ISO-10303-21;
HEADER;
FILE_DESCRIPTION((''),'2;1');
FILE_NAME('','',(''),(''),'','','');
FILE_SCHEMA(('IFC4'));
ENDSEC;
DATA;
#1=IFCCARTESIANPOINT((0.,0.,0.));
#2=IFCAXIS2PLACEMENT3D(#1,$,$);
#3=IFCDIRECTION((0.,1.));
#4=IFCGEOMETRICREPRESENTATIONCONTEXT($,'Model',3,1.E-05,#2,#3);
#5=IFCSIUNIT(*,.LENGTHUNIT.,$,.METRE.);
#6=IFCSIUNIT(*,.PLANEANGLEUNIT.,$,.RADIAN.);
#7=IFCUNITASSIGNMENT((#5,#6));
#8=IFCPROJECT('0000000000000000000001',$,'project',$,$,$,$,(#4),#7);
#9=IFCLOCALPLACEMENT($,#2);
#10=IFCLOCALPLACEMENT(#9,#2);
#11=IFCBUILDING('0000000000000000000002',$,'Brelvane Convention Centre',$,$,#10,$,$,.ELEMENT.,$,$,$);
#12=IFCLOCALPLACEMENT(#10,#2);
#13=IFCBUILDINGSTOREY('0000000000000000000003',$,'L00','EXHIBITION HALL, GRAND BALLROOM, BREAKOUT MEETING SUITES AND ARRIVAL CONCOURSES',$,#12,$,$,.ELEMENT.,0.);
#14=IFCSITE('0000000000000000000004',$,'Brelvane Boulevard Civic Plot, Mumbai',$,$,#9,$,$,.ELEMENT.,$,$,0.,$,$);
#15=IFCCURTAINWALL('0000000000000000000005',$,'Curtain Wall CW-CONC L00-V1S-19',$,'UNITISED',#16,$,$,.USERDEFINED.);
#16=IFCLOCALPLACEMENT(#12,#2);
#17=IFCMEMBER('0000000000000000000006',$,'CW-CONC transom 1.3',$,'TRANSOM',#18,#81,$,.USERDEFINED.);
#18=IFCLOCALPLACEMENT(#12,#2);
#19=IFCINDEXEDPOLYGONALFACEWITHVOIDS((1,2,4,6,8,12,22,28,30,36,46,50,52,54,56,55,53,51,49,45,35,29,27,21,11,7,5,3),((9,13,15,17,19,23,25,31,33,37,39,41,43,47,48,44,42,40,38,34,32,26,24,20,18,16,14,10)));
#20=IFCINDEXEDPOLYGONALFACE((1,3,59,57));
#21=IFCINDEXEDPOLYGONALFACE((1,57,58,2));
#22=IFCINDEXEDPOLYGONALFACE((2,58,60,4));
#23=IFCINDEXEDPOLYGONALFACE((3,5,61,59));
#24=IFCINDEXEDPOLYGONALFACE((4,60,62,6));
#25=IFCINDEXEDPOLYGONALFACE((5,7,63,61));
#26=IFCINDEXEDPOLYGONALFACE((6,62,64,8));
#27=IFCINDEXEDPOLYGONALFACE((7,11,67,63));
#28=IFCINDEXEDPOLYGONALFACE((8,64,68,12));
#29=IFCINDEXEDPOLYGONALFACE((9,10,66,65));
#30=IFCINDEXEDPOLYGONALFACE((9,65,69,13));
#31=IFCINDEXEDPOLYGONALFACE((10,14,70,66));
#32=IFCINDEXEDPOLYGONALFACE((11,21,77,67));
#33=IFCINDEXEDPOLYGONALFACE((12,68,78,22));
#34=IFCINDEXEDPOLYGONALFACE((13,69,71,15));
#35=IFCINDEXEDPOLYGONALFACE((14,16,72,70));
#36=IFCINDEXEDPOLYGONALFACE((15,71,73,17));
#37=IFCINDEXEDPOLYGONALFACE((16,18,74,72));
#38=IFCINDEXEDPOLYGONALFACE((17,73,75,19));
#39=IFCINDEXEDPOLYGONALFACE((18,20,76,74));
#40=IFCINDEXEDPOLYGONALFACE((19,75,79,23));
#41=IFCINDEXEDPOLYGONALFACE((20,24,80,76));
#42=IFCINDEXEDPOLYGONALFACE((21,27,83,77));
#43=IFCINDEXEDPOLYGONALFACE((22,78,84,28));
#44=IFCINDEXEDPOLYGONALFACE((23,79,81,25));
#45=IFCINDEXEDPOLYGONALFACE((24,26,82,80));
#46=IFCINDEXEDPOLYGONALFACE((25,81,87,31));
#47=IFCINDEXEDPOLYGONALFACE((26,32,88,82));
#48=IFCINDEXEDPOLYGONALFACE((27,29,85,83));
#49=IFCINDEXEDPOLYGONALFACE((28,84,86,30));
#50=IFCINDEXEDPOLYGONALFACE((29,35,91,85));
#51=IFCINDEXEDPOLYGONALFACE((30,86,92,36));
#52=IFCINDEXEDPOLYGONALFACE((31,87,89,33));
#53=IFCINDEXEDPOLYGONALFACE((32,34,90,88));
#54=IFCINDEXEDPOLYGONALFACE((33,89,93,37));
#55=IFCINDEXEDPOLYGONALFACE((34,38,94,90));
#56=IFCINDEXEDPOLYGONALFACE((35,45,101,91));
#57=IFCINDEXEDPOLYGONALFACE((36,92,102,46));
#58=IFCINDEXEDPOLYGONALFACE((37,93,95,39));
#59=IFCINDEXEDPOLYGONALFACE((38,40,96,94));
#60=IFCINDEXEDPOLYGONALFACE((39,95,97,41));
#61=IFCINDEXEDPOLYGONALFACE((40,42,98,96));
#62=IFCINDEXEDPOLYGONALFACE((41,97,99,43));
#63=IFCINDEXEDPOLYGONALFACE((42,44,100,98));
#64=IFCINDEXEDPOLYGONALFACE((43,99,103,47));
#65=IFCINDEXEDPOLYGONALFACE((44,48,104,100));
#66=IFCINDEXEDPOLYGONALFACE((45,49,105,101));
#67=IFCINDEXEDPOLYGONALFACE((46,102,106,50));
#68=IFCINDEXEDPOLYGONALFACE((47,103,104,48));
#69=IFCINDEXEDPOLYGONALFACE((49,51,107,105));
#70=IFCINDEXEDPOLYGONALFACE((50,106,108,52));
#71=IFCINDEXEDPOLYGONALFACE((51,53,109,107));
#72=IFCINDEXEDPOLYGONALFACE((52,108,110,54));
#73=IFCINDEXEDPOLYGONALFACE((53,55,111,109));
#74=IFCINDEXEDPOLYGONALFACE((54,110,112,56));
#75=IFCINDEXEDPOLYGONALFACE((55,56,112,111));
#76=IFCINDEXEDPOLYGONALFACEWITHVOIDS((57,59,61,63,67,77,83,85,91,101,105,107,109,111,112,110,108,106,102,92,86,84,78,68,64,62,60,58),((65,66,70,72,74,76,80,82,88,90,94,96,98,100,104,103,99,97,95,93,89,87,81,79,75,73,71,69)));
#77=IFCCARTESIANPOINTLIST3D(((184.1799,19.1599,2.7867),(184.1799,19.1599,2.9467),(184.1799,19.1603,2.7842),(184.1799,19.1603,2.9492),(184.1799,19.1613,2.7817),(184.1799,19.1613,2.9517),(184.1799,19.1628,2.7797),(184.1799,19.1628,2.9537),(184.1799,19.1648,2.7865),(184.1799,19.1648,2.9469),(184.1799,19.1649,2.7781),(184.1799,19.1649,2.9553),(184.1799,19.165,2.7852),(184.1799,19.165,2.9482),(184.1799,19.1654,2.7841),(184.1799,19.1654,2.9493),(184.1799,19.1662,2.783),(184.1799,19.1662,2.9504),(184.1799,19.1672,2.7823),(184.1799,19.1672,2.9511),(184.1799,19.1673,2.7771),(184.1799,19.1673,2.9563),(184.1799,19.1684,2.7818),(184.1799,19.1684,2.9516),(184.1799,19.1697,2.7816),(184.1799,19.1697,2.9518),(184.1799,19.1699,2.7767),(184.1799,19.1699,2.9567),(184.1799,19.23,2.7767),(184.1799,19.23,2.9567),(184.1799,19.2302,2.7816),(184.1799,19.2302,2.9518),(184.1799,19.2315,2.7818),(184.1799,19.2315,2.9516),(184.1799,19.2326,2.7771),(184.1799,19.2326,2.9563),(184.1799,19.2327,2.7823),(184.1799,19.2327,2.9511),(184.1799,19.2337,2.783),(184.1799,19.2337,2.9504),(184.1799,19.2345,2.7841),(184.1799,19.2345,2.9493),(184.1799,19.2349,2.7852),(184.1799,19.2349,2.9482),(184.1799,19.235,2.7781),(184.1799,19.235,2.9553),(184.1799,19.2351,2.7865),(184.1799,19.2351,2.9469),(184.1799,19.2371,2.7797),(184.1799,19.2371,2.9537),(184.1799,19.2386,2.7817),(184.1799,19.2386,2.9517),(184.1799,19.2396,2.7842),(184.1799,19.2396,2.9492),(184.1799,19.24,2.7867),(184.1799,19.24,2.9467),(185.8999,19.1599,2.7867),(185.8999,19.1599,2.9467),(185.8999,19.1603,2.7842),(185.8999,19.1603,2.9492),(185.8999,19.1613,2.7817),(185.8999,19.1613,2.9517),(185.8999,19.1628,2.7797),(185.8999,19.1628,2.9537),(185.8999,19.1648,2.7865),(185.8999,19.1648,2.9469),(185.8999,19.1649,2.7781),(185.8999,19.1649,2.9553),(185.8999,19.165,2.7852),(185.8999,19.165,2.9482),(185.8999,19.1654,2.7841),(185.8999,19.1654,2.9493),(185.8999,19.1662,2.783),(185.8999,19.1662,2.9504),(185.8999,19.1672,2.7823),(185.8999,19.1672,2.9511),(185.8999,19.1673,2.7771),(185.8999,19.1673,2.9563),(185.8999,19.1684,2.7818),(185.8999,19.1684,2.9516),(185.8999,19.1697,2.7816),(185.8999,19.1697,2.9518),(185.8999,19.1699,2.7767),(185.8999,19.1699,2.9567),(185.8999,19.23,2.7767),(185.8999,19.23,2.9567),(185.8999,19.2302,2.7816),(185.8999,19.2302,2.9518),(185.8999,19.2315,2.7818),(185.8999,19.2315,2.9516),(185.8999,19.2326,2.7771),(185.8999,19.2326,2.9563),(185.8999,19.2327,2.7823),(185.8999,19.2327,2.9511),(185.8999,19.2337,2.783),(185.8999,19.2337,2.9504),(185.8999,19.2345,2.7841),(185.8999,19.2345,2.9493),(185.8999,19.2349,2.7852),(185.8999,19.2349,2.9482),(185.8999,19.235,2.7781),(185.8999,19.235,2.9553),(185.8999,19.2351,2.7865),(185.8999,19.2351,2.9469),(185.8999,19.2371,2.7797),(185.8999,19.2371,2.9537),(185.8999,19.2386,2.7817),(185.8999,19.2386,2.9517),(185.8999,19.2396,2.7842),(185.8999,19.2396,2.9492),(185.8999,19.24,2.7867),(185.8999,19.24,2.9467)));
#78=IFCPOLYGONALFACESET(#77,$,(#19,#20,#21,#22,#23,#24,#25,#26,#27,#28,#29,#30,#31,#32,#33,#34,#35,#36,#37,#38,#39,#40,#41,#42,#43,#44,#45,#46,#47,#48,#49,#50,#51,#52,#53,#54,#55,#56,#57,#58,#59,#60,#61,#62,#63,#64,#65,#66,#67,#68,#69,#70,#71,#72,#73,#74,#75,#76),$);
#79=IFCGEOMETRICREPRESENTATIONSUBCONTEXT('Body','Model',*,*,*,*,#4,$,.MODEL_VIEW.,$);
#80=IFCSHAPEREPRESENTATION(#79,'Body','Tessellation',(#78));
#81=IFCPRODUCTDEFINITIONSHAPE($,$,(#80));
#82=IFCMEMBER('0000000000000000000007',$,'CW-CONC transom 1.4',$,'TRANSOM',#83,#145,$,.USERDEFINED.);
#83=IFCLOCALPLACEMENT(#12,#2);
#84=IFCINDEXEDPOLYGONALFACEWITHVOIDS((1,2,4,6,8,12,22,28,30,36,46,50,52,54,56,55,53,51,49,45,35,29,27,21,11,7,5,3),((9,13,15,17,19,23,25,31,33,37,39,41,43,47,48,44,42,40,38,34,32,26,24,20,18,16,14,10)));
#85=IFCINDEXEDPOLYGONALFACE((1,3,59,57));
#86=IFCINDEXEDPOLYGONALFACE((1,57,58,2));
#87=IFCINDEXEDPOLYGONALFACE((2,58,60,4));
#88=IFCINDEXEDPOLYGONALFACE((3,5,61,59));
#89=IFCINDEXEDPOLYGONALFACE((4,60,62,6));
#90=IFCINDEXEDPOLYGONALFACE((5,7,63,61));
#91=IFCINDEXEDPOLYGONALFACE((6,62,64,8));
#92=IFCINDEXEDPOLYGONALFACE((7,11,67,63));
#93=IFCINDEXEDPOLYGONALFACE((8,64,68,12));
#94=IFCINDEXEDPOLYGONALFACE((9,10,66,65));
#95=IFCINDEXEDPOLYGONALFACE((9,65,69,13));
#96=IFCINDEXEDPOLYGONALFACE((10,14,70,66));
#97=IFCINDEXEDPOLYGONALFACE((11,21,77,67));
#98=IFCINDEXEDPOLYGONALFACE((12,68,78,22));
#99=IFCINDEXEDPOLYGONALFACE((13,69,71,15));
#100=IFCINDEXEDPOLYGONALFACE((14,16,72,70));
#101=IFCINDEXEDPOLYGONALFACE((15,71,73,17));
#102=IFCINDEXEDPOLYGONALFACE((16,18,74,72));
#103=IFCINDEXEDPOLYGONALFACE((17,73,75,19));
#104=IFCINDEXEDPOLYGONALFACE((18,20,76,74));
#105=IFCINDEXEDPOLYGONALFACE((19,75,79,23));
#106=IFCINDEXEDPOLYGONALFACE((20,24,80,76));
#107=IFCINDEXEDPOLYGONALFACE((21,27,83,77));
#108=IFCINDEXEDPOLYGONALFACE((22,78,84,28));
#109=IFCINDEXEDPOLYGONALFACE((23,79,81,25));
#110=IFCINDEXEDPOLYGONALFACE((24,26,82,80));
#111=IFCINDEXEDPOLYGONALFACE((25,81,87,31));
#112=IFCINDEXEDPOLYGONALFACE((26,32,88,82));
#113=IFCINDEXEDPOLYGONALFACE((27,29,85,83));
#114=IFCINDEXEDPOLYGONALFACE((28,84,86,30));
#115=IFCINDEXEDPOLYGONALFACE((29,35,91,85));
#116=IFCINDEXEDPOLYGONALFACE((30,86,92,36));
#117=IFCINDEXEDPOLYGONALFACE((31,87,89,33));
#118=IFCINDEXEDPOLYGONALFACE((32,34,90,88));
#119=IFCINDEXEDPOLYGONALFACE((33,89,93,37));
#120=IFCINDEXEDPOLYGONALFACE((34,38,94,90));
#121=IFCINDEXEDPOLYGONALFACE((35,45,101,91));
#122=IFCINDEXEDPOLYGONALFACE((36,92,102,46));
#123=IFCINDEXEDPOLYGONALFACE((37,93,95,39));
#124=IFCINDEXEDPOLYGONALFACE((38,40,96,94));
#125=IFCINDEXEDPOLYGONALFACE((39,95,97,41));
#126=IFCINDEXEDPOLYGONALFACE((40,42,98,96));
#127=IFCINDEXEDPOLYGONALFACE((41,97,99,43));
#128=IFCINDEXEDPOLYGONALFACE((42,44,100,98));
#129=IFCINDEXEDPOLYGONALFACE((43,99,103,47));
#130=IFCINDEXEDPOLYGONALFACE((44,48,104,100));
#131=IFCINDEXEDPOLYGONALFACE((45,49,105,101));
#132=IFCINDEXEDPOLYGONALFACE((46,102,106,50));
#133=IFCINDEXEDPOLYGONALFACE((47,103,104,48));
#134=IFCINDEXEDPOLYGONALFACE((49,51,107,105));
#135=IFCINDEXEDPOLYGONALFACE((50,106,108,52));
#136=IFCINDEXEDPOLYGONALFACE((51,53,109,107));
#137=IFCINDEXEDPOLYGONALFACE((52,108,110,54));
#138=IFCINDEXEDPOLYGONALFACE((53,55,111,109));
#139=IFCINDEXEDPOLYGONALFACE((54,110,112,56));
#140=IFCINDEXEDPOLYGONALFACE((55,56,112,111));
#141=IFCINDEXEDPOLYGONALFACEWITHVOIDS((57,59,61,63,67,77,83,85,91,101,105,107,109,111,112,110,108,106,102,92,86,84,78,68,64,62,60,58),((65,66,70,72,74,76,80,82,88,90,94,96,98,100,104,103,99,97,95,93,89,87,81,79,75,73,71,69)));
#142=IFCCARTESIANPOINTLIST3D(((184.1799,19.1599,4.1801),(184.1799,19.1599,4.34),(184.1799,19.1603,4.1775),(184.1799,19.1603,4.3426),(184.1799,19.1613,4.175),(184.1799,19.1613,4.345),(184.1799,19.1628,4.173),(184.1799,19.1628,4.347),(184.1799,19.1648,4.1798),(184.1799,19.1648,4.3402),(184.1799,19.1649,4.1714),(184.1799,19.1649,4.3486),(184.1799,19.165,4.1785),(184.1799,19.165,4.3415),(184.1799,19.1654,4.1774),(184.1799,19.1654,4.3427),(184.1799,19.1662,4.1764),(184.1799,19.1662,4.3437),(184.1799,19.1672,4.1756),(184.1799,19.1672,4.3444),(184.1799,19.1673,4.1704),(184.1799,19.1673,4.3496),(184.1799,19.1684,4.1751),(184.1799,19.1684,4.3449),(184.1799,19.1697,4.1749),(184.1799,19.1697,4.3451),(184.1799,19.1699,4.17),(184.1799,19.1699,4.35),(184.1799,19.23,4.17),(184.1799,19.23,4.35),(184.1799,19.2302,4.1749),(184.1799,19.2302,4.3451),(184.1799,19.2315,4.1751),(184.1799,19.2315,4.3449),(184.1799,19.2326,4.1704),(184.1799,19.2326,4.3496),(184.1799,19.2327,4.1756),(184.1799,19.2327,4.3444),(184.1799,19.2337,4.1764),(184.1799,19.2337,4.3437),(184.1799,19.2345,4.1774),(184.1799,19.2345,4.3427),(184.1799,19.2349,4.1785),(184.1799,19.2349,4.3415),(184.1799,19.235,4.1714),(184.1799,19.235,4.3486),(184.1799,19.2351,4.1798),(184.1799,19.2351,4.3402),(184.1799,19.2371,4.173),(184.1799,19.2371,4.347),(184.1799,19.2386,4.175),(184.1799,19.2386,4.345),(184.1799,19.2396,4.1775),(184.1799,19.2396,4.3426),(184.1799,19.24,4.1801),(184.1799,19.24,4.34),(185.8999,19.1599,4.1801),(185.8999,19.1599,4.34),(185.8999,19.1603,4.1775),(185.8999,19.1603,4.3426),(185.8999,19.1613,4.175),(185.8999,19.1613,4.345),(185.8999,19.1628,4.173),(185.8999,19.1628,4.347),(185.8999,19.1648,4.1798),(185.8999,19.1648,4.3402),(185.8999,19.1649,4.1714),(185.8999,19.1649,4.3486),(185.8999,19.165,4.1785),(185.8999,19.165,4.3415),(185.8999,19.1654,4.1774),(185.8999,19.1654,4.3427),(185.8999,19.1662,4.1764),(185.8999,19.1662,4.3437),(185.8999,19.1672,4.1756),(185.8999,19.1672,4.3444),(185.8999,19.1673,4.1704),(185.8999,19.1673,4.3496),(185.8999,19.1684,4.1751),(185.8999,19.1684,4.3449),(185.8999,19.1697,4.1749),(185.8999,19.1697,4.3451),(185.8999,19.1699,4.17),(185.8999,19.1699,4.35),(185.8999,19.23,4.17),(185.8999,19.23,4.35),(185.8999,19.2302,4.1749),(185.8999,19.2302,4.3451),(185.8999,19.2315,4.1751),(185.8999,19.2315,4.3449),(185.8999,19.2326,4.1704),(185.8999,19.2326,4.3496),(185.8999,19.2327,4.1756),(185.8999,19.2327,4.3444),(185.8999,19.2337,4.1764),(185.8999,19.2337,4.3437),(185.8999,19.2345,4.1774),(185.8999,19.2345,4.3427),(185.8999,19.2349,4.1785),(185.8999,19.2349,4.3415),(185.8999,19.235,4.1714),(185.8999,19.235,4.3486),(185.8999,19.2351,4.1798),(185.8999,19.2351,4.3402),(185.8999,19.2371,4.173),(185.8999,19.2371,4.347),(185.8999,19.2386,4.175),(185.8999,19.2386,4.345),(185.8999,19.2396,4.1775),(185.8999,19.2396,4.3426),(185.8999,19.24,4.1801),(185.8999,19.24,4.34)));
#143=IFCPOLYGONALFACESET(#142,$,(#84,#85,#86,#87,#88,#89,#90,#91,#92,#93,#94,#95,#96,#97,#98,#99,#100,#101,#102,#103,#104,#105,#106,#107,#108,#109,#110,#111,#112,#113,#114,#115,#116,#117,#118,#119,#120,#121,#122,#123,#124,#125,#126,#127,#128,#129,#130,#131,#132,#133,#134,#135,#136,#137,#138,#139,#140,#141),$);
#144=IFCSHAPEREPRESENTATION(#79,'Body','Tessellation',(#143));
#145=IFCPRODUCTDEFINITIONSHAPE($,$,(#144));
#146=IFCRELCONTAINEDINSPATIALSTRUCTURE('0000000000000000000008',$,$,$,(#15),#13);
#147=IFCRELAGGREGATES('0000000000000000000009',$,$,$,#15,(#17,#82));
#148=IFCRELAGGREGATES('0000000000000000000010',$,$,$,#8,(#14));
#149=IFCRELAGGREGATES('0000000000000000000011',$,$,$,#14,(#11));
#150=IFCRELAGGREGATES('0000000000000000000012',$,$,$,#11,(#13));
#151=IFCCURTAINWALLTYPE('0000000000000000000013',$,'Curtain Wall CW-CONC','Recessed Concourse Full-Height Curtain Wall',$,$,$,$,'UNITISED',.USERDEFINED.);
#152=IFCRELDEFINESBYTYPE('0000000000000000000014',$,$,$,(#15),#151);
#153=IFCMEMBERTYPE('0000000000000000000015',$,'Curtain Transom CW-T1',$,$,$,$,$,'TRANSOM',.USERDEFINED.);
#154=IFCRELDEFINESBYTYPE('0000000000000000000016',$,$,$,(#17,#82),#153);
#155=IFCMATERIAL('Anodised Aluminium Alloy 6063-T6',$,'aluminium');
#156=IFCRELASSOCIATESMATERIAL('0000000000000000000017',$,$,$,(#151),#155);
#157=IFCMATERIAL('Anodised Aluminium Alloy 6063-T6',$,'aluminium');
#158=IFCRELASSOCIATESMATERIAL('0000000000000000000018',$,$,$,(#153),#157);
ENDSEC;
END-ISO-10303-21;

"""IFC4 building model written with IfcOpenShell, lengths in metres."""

from ifc_helpers import new_model, si_unit, direction, frame, origin, origin_2d, place, context, subcontext, project, spatial, hollow_rectangle, extrude, material, material_profile, profile_set, type_object, element, aggregate, save


model = new_model("IFC4")

# Units and contexts
model_context = context("Model", 3, precision=1e-05, world=origin(), true_north=direction((0.0, 1.0)))
body_context = subcontext(model_context, "Body", "Model", "MODEL_VIEW")
ifc_project = project(units=[si_unit("LENGTHUNIT", "METRE"), si_unit("PLANEANGLEUNIT", "RADIAN")], contexts=[model_context])

# Site, building, storey
site_placement = place(None, origin())
site = spatial("IfcSite", under=ifc_project, at=site_placement, Name="Brelvane Boulevard Civic Plot, Mumbai", CompositionType="ELEMENT", RefElevation=0.0)
building_placement = place(site_placement, origin())
building = spatial("IfcBuilding", under=site, at=building_placement, Name="Brelvane Convention Centre", CompositionType="ELEMENT")
storey_placement = place(building_placement, origin())
storey = spatial("IfcBuildingStorey", under=building, at=storey_placement, Name="L00", Description="EXHIBITION HALL, GRAND BALLROOM, BREAKOUT MEETING SUITES AND ARRIVAL CONCOURSES", CompositionType="ELEMENT", Elevation=0.0)

# Curtain wall, members
ifc_material_1 = material(Name="Anodised Aluminium Alloy 6063-T6", Category="aluminium")
curtain_wall_type = type_object("IfcCurtainWallType", Name="Curtain Wall CW-CONC", Description="Recessed Concourse Full-Height Curtain Wall", ElementType="UNITISED", PredefinedType="USERDEFINED", material=ifc_material_1)
curtain_wall_placement = place(storey_placement, origin())
curtain_wall = element("IfcCurtainWall", 1, at=curtain_wall_placement, inside=storey, type_object=curtain_wall_type, Name="Curtain Wall CW-CONC L00-V1S-19", ObjectType="UNITISED", PredefinedType="USERDEFINED")
ifc_material_2 = material(Name="Anodised Aluminium Alloy 6063-T6", Category="aluminium")
ifc_material_profile_1 = material_profile(ifc_material_2, hollow_rectangle(XDim=0.0801, YDim=0.1799, WallThickness=0.0049, InnerFilletRadius=0.0049, OuterFilletRadius=0.01, at=origin_2d()), Name="ALU-T 180x80x5.0")
ifc_profile_set_1 = profile_set([ifc_material_profile_1], Name="Anodised Aluminium Alloy 6063-T6")
member_type_1 = type_object("IfcMemberType", Name="Curtain Transom CW-T1", ElementType="TRANSOM", PredefinedType="USERDEFINED", material=ifc_profile_set_1)
member_1_placement = place(storey_placement, frame((184.1799, 19.2, 2.8667), z_axis=(1.0, 0.0, 0.0), x_axis=(0.0, 1.0, 0.0)))
member_1 = element("IfcMember", 2, at=member_1_placement, type_object=member_type_1, Name="CW-CONC transom 1.3", ObjectType="TRANSOM", PredefinedType="USERDEFINED", context=body_context, shape_type="SweptSolid", body=[
    extrude(hollow_rectangle(XDim=0.0801, YDim=0.1799, WallThickness=0.0049, InnerFilletRadius=0.0049, OuterFilletRadius=0.01, at=origin_2d()), origin(), (0.0, 0.0, 1.0), 1.72),
])
member_2_placement = place(storey_placement, frame((184.1799, 19.2, 4.26), z_axis=(1.0, 0.0, 0.0), x_axis=(0.0, 1.0, 0.0)))
member_2 = element("IfcMember", 3, at=member_2_placement, type_object=member_type_1, Name="CW-CONC transom 1.4", ObjectType="TRANSOM", PredefinedType="USERDEFINED", context=body_context, shape_type="SweptSolid", body=[
    extrude(hollow_rectangle(XDim=0.0801, YDim=0.1799, WallThickness=0.0049, InnerFilletRadius=0.0049, OuterFilletRadius=0.01, at=origin_2d()), origin(), (0.0, 0.0, 1.0), 1.72),
])

aggregate(curtain_wall, [member_1, member_2])

save(model, "model.ifc")
